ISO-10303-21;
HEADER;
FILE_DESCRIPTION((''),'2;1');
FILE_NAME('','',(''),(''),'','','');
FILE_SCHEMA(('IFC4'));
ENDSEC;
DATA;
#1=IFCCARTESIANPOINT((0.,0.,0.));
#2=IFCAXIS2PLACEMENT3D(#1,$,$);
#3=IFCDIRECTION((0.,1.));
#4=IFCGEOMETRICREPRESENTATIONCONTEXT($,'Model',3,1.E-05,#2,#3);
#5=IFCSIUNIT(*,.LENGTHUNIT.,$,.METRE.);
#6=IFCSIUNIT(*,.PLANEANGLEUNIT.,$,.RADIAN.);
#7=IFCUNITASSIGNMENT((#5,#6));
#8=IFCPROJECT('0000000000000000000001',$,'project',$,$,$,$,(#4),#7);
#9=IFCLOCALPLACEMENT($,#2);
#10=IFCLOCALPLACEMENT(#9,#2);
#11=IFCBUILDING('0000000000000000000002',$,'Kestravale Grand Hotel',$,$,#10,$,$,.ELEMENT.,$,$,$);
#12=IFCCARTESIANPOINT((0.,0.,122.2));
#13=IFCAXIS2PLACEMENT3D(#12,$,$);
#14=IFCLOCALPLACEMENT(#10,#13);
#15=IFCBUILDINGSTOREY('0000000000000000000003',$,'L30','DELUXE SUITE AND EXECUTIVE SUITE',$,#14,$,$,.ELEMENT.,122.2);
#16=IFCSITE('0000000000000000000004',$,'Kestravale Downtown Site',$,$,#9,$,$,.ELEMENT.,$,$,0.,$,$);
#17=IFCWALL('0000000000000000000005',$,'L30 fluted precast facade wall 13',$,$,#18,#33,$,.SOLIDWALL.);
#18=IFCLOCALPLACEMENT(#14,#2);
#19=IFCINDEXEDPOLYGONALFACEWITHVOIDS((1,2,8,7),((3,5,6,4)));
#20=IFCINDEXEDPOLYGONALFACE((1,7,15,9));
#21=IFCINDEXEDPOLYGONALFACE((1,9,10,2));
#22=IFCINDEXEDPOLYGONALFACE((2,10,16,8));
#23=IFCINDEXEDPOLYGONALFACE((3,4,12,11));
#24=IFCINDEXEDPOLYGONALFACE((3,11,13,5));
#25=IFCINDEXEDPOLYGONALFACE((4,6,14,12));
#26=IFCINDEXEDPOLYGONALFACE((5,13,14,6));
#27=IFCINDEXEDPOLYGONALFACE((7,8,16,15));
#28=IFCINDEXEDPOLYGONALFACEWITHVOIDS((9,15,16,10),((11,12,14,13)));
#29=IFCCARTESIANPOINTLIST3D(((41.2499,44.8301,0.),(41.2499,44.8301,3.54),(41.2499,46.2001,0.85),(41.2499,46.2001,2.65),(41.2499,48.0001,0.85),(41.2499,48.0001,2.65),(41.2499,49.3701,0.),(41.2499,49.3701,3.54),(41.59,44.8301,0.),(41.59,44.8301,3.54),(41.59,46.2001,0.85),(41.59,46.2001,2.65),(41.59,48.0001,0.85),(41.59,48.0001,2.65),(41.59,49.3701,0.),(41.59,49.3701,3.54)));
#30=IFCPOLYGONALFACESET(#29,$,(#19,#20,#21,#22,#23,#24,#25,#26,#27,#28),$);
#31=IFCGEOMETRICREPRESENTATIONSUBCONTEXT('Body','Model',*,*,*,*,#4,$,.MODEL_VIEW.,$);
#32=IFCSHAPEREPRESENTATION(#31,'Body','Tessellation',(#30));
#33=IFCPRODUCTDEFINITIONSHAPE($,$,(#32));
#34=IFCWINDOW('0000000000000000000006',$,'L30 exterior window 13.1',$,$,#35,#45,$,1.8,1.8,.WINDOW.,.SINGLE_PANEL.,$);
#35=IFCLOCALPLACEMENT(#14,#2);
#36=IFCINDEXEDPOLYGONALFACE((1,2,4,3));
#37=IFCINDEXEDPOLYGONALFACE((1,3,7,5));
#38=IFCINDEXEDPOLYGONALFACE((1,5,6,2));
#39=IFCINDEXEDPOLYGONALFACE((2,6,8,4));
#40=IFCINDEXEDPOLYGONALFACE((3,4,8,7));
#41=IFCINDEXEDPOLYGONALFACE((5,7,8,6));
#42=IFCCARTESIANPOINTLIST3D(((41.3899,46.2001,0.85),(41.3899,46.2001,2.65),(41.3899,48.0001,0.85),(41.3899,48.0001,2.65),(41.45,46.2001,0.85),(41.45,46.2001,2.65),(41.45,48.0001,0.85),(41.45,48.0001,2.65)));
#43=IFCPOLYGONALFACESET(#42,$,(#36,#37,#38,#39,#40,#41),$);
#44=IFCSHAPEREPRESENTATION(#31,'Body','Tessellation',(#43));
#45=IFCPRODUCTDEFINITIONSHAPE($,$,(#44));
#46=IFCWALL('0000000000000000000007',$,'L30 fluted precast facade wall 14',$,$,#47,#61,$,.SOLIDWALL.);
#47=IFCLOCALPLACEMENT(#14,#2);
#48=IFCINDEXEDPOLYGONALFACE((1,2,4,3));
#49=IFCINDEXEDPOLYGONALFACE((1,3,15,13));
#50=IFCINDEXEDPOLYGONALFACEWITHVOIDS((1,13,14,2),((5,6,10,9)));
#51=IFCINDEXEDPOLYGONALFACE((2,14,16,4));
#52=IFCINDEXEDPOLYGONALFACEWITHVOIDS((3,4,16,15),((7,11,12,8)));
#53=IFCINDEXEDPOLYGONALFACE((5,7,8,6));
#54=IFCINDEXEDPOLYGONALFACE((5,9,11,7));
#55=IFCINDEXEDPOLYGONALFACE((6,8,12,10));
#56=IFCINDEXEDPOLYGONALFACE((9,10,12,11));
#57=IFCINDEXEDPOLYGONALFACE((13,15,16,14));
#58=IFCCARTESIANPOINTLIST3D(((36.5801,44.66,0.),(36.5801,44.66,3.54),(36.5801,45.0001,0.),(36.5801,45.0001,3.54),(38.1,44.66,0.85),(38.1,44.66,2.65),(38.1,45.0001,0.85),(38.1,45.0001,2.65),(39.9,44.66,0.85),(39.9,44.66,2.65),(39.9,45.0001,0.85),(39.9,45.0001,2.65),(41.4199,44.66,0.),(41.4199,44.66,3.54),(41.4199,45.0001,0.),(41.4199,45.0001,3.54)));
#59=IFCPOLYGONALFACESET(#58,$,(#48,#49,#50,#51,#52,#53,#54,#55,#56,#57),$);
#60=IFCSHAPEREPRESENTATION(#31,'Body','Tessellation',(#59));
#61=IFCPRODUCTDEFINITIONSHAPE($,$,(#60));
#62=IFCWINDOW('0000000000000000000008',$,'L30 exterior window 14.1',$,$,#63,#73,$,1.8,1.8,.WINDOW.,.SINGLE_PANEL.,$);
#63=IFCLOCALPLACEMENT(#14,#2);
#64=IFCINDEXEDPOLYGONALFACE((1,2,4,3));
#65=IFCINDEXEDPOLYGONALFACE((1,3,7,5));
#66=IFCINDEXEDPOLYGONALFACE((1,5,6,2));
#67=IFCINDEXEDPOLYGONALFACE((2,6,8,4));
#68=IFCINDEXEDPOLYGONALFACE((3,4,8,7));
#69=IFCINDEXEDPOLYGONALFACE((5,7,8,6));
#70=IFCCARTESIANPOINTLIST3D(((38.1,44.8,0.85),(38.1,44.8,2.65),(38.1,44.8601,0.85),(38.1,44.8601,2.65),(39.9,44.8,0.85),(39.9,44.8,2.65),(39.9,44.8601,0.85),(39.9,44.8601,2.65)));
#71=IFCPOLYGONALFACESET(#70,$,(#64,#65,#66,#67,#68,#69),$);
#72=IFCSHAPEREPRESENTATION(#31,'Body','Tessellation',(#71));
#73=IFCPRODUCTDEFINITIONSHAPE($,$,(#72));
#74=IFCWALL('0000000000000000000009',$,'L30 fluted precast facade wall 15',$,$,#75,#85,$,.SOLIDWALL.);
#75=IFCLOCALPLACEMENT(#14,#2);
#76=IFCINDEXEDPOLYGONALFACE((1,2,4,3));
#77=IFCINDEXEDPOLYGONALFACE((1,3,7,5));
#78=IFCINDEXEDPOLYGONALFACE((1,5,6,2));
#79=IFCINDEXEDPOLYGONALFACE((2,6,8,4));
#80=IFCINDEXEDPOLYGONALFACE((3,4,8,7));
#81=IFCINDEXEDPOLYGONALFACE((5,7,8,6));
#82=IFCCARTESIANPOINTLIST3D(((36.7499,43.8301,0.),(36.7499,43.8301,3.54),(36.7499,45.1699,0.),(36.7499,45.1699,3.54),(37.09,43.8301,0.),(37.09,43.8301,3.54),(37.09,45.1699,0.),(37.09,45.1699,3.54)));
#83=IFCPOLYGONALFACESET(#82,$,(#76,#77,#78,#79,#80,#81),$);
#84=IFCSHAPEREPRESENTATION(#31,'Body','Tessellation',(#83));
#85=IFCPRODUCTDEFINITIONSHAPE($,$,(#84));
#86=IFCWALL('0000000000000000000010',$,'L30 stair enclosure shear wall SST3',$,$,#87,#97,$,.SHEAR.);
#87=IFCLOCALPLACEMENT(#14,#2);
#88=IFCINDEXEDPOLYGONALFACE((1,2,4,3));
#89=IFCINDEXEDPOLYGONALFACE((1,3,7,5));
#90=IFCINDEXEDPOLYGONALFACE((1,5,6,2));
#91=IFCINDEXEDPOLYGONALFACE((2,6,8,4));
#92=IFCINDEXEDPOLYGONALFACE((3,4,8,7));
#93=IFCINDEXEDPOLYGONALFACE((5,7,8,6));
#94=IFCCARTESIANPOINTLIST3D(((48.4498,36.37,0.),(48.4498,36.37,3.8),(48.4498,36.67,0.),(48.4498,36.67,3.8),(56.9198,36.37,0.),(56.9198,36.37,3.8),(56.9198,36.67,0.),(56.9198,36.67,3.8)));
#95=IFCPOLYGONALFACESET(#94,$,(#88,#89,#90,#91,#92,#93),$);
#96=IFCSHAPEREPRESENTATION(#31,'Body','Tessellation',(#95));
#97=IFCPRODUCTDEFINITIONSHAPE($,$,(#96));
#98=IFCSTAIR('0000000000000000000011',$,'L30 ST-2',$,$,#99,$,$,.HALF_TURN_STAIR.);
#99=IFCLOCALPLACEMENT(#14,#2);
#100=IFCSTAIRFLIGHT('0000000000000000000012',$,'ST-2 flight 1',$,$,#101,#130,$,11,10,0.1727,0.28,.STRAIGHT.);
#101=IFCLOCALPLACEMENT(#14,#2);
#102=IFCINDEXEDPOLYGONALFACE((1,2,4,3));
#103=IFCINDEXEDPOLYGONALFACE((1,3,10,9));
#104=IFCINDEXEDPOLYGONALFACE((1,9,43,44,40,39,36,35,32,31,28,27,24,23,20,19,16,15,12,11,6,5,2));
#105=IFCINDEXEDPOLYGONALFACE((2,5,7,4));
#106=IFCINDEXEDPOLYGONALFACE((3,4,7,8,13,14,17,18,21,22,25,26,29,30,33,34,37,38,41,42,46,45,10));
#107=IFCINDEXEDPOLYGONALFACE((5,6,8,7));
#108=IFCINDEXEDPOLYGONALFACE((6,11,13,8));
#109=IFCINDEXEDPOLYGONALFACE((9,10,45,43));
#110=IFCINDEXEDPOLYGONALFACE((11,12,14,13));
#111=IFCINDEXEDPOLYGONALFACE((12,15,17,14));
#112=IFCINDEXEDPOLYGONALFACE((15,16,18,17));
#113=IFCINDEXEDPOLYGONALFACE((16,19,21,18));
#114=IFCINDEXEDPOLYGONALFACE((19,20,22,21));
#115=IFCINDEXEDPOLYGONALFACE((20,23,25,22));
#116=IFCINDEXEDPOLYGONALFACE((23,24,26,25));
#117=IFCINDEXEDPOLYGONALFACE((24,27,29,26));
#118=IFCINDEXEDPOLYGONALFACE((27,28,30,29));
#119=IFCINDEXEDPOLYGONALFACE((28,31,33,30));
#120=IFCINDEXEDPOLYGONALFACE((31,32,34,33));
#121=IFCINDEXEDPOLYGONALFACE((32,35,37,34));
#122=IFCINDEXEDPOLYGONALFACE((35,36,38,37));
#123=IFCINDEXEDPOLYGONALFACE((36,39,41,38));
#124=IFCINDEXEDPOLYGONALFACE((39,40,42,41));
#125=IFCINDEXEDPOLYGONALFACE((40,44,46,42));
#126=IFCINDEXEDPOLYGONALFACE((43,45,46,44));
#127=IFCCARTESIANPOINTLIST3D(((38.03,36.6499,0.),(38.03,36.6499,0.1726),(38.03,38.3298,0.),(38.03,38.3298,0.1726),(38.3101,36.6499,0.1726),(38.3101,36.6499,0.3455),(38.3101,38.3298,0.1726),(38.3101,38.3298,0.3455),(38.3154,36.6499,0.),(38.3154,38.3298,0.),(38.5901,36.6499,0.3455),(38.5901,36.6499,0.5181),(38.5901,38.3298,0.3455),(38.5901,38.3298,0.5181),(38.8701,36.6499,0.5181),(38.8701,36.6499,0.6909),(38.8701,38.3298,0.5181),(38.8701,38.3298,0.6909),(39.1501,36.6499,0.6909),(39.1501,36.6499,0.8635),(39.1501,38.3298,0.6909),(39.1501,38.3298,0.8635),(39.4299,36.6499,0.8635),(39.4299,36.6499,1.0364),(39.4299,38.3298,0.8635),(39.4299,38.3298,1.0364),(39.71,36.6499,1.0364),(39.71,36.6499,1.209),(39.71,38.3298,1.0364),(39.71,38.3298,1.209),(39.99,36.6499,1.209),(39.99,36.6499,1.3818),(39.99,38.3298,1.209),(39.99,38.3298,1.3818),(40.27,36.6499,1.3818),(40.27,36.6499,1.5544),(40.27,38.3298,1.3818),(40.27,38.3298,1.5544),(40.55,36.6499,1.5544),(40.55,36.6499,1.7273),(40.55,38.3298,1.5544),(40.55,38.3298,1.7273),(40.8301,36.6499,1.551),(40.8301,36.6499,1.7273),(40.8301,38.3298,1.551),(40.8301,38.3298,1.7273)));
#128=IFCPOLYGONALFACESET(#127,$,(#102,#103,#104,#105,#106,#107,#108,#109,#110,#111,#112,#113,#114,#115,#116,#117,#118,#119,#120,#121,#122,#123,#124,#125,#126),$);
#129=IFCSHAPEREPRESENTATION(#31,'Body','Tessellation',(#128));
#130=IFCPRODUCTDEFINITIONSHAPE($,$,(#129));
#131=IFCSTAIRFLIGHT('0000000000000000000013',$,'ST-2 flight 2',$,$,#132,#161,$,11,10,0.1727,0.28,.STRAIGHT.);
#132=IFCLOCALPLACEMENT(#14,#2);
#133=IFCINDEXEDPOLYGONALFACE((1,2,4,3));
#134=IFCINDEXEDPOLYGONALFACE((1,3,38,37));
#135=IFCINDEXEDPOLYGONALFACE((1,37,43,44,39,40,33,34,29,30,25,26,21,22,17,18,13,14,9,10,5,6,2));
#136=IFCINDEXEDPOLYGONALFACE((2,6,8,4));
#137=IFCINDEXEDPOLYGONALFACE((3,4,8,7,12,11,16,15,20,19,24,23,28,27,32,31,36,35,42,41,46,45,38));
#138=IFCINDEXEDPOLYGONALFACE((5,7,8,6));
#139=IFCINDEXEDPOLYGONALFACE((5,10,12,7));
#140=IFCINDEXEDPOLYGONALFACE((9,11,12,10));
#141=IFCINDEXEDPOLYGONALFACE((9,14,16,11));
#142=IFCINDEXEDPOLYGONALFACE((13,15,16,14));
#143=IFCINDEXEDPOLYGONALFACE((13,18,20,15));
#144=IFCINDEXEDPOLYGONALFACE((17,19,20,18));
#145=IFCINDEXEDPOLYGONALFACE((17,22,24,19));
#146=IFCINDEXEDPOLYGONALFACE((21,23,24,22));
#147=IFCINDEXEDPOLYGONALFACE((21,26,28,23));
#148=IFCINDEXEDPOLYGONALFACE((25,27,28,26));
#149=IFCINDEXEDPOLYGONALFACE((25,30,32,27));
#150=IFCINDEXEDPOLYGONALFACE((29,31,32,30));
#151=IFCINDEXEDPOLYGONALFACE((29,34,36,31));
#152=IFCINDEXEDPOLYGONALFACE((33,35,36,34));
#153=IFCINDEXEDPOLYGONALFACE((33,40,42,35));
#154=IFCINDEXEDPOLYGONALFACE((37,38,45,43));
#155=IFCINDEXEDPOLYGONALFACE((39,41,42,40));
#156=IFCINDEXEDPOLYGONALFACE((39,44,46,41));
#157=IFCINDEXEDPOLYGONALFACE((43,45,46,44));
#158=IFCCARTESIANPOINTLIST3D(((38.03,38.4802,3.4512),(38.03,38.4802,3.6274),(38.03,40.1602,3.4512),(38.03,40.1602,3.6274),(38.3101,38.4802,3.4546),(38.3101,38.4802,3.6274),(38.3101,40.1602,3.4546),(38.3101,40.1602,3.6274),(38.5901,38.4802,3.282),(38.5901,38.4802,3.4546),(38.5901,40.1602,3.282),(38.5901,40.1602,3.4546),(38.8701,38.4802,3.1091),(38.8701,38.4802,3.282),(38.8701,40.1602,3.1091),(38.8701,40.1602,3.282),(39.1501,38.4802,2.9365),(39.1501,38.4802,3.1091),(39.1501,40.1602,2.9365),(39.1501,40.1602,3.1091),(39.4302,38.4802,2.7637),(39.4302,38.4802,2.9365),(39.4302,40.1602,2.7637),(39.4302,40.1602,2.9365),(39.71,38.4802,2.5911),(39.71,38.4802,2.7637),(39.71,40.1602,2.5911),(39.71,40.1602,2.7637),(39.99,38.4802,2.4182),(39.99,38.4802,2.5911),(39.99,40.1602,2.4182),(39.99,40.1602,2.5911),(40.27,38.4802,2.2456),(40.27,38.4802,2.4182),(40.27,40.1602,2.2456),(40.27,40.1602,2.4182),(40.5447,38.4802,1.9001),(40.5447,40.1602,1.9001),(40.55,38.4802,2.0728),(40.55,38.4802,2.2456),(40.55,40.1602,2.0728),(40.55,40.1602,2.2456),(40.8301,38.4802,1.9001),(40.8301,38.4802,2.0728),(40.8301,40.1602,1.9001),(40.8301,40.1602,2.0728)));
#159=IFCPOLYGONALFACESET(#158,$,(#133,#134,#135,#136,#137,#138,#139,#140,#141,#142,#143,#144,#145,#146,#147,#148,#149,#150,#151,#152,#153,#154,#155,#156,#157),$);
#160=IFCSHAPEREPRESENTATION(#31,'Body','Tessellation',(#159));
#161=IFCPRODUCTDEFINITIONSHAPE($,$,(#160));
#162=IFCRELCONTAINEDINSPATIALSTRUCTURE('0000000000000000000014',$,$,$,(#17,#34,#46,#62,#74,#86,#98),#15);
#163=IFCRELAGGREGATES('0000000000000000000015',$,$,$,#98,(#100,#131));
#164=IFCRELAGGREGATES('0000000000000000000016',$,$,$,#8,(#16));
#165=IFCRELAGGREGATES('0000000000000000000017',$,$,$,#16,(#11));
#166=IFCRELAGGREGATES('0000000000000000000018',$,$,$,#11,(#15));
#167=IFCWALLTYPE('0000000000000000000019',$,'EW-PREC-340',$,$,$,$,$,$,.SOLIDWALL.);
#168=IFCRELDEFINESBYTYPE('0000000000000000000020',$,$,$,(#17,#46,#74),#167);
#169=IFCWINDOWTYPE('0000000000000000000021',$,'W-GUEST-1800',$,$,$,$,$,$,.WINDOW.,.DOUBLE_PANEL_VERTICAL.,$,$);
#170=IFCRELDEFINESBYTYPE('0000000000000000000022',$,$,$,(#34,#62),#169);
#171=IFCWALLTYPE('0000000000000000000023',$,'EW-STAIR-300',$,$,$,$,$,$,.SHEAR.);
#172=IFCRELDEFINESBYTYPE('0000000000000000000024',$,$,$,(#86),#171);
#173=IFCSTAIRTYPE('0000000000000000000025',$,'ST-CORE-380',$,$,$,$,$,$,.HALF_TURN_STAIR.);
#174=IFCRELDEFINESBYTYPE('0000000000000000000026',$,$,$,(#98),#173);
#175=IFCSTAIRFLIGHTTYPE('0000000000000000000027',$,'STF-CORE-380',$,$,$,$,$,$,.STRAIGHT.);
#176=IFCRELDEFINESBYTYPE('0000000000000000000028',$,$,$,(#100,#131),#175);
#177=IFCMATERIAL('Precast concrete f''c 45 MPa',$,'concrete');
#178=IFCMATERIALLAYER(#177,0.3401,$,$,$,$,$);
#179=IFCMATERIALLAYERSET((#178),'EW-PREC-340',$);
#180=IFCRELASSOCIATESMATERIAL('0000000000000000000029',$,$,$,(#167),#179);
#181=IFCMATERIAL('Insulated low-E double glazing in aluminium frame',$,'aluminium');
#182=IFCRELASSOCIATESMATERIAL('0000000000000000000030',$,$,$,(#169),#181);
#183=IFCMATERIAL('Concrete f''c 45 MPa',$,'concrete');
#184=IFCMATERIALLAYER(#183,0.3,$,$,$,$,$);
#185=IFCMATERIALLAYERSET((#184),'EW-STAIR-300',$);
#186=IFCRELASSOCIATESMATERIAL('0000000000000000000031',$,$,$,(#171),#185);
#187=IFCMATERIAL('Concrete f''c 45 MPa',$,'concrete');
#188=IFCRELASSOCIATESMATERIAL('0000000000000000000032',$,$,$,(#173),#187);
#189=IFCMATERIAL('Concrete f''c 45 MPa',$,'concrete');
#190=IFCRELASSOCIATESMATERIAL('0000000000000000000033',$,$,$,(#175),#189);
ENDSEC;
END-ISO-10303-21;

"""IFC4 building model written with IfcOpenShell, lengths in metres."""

from ifc_helpers import new_model, si_unit, direction, frame, frame_2d, origin, place, context, subcontext, project, spatial, polyline, rectangle, outline, extrude, material, layer, layer_set, type_object, element, fill, aggregate, save


model = new_model("IFC4")

# Units and contexts
model_context = context("Model", 3, precision=1e-05, world=origin(), true_north=direction((0.0, 1.0)))
body_context = subcontext(model_context, "Body", "Model", "MODEL_VIEW")
ifc_project = project(units=[si_unit("LENGTHUNIT", "METRE"), si_unit("PLANEANGLEUNIT", "RADIAN")], contexts=[model_context])

# Site, building, storey
site_placement = place(None, origin())
site = spatial("IfcSite", under=ifc_project, at=site_placement, Name="Kestravale Downtown Site", CompositionType="ELEMENT", RefElevation=0.0)
building_placement = place(site_placement, origin())
building = spatial("IfcBuilding", under=site, at=building_placement, Name="Kestravale Grand Hotel", CompositionType="ELEMENT")
storey_placement = place(building_placement, frame((0.0, 0.0, 122.2)))
storey = spatial("IfcBuildingStorey", under=building, at=storey_placement, Name="L30", Description="DELUXE SUITE AND EXECUTIVE SUITE", CompositionType="ELEMENT", Elevation=122.2)

# Shared definitions
ifc_material_1 = material(Name="Precast concrete f'c 45 MPa", Category="concrete")
ifc_layer_1 = layer(ifc_material_1, 0.3401)
ifc_layer_set_1 = layer_set([ifc_layer_1], Name="EW-PREC-340")
wall_type_1 = type_object("IfcWallType", Name="EW-PREC-340", PredefinedType="SOLIDWALL", material=ifc_layer_set_1)

# Walls, openings, windows
wall_1_placement = place(storey_placement, frame((41.4199, 49.3701, 0.0), z_axis=(0.0, 0.0, 1.0), x_axis=(0.0, -1.0, 0.0)))
wall_1 = element("IfcWall", 1, at=wall_1_placement, inside=storey, type_object=wall_type_1, Name="L30 fluted precast facade wall 13", PredefinedType="SOLIDWALL", context=body_context, shape_type="SweptSolid", body=[
    extrude(rectangle(XDim=4.54, YDim=0.3401, at=frame_2d((2.27, 0.0))), origin(), (0.0, 0.0, 1.0), 3.54),
])
opening_1_placement = place(wall_1_placement, frame((1.3701, 0.0, 0.8501)))
opening_1 = element("IfcOpeningElement", 2, at=opening_1_placement, cuts=wall_1, PredefinedType="OPENING", context=body_context, shape_type="SweptSolid", body=[
    extrude(rectangle(XDim=1.8, YDim=1.8, at=frame_2d((0.8999, 0.8999))), frame((0.0, 0.1799, 0.0), z_axis=(0.0, -1.0, 0.0), x_axis=(1.0, 0.0, 0.0)), (0.0, 0.0, 1.0), 0.3601),
])
ifc_material_2 = material(Name="Insulated low-E double glazing in aluminium frame", Category="aluminium")
window_type = type_object("IfcWindowType", Name="W-GUEST-1800", PartitioningType="DOUBLE_PANEL_VERTICAL", PredefinedType="WINDOW", material=ifc_material_2)
window_1_placement = place(opening_1_placement, origin())
window_1 = element("IfcWindow", 3, at=window_1_placement, inside=storey, type_object=window_type, Name="L30 exterior window 13.1", OverallHeight=1.8, OverallWidth=1.8, PartitioningType="SINGLE_PANEL", PredefinedType="WINDOW", context=body_context, shape_type="SweptSolid", body=[
    extrude(rectangle(XDim=1.8, YDim=1.8, at=frame_2d((0.8999, 0.8999))), frame((0.0, 0.03, 0.0), z_axis=(0.0, -1.0, 0.0), x_axis=(1.0, 0.0, 0.0)), (0.0, 0.0, 1.0), 0.0601),
])
fill(opening_1, window_1)
wall_2_placement = place(storey_placement, frame((41.4199, 44.8301, 0.0), z_axis=(0.0, 0.0, 1.0), x_axis=(-1.0, 0.0, 0.0)))
wall_2 = element("IfcWall", 4, at=wall_2_placement, inside=storey, type_object=wall_type_1, Name="L30 fluted precast facade wall 14", PredefinedType="SOLIDWALL", context=body_context, shape_type="SweptSolid", body=[
    extrude(rectangle(XDim=4.8398, YDim=0.3401, at=frame_2d((2.4199, 0.0))), origin(), (0.0, 0.0, 1.0), 3.54),
])
opening_2_placement = place(wall_2_placement, frame((1.52, 0.0, 0.8501)))
opening_2 = element("IfcOpeningElement", 5, at=opening_2_placement, cuts=wall_2, PredefinedType="OPENING", context=body_context, shape_type="SweptSolid", body=[
    extrude(rectangle(XDim=1.8, YDim=1.8, at=frame_2d((0.8999, 0.8999))), frame((0.0, 0.1799, 0.0), z_axis=(0.0, -1.0, 0.0), x_axis=(1.0, 0.0, 0.0)), (0.0, 0.0, 1.0), 0.3601),
])
window_2_placement = place(opening_2_placement, origin())
window_2 = element("IfcWindow", 6, at=window_2_placement, inside=storey, type_object=window_type, Name="L30 exterior window 14.1", OverallHeight=1.8, OverallWidth=1.8, PartitioningType="SINGLE_PANEL", PredefinedType="WINDOW", context=body_context, shape_type="SweptSolid", body=[
    extrude(rectangle(XDim=1.8, YDim=1.8, at=frame_2d((0.8999, 0.8999))), frame((0.0, 0.03, 0.0), z_axis=(0.0, -1.0, 0.0), x_axis=(1.0, 0.0, 0.0)), (0.0, 0.0, 1.0), 0.0601),
])
fill(opening_2, window_2)

# Walls
wall_3_placement = place(storey_placement, frame((36.9199, 45.1699, 0.0), z_axis=(0.0, 0.0, 1.0), x_axis=(0.0, -1.0, 0.0)))
element("IfcWall", 7, at=wall_3_placement, inside=storey, type_object=wall_type_1, Name="L30 fluted precast facade wall 15", PredefinedType="SOLIDWALL", context=body_context, shape_type="SweptSolid", body=[
    extrude(rectangle(XDim=1.3398, YDim=0.3401, at=frame_2d((0.6699, 0.0))), origin(), (0.0, 0.0, 1.0), 3.54),
])
ifc_material_3 = material(Name="Concrete f'c 45 MPa", Category="concrete")
ifc_layer_2 = layer(ifc_material_3, 0.3)
ifc_layer_set_2 = layer_set([ifc_layer_2], Name="EW-STAIR-300")
wall_type_2 = type_object("IfcWallType", Name="EW-STAIR-300", PredefinedType="SHEAR", material=ifc_layer_set_2)
wall_4_placement = place(storey_placement, frame((48.45, 36.52, 0.0), z_axis=(0.0, 0.0, 1.0), x_axis=(1.0, 0.0, 0.0)))
element("IfcWall", 8, at=wall_4_placement, inside=storey, type_object=wall_type_2, Name="L30 stair enclosure shear wall SST3", PredefinedType="SHEAR", context=body_context, shape_type="SweptSolid", body=[
    extrude(rectangle(XDim=8.47, YDim=0.3, at=frame_2d((4.2349, 0.0))), origin(), (0.0, 0.0, 1.0), 3.8),
])

# Stair, stair flights
ifc_material_4 = material(Name="Concrete f'c 45 MPa", Category="concrete")
stair_type = type_object("IfcStairType", Name="ST-CORE-380", PredefinedType="HALF_TURN_STAIR", material=ifc_material_4)
stair_placement = place(storey_placement, origin())
stair = element("IfcStair", 9, at=stair_placement, inside=storey, type_object=stair_type, Name="L30 ST-2", PredefinedType="HALF_TURN_STAIR")
ifc_material_5 = material(Name="Concrete f'c 45 MPa", Category="concrete")
stair_flight_type = type_object("IfcStairFlightType", Name="STF-CORE-380", PredefinedType="STRAIGHT", material=ifc_material_5)
stair_flight_1_placement = place(storey_placement, frame((38.03, 37.49, 0.0), z_axis=(0.0, 0.0, 1.0), x_axis=(1.0, 0.0, 0.0)))
stair_flight_1 = element("IfcStairFlight", 10, at=stair_flight_1_placement, type_object=stair_flight_type, Name="ST-2 flight 1", NumberOfRisers=11, NumberOfTreads=10, PredefinedType="STRAIGHT", RiserHeight=0.1727, TreadLength=0.28, context=body_context, shape_type="SweptSolid", body=[
    extrude(outline(polyline([(0.0, 0.0), (0.0, 0.1726), (0.28, 0.1726), (0.28, 0.3455), (0.5601, 0.3455), (0.5601, 0.5181), (0.8401, 0.5181), (0.8401, 0.6909), (1.1201, 0.6909), (1.1201, 0.8635), (1.3999, 0.8635), (1.3999, 1.0364), (1.6799, 1.0364), (1.6799, 1.209), (1.96, 1.209), (1.96, 1.3818), (2.24, 1.3818), (2.24, 1.5544), (2.52, 1.5544), (2.52, 1.7273), (2.8, 1.7273), (2.8, 1.8999), (2.8, 1.551), (0.2854, 0.0), (0.0, 0.0)])), frame((0.0, 0.8398, 0.0), z_axis=(0.0, -1.0, 0.0), x_axis=(1.0, 0.0, 0.0)), (0.0, 0.0, 1.0), 1.6799),
])
stair_flight_2_placement = place(storey_placement, frame((40.8301, 39.3201, 1.9001), z_axis=(0.0, 0.0, 1.0), x_axis=(-1.0, 0.0, 0.0)))
stair_flight_2 = element("IfcStairFlight", 11, at=stair_flight_2_placement, type_object=stair_flight_type, Name="ST-2 flight 2", NumberOfRisers=11, NumberOfTreads=10, PredefinedType="STRAIGHT", RiserHeight=0.1727, TreadLength=0.28, context=body_context, shape_type="SweptSolid", body=[
    extrude(outline(polyline([(0.0, 0.0), (0.0, 0.1726), (0.28, 0.1726), (0.28, 0.3455), (0.5601, 0.3455), (0.5601, 0.5181), (0.8401, 0.5181), (0.8401, 0.6909), (1.1201, 0.6909), (1.1201, 0.8635), (1.3999, 0.8635), (1.3999, 1.0364), (1.6799, 1.0364), (1.6799, 1.209), (1.96, 1.209), (1.96, 1.3818), (2.24, 1.3818), (2.24, 1.5544), (2.52, 1.5544), (2.52, 1.7273), (2.8, 1.7273), (2.8, 1.8999), (2.8, 1.551), (0.2854, 0.0), (0.0, 0.0)])), frame((0.0, 0.8398, 0.0), z_axis=(0.0, -1.0, 0.0), x_axis=(1.0, 0.0, 0.0)), (0.0, 0.0, 1.0), 1.6799),
])
aggregate(stair, [stair_flight_1, stair_flight_2])

save(model, "model.ifc")
